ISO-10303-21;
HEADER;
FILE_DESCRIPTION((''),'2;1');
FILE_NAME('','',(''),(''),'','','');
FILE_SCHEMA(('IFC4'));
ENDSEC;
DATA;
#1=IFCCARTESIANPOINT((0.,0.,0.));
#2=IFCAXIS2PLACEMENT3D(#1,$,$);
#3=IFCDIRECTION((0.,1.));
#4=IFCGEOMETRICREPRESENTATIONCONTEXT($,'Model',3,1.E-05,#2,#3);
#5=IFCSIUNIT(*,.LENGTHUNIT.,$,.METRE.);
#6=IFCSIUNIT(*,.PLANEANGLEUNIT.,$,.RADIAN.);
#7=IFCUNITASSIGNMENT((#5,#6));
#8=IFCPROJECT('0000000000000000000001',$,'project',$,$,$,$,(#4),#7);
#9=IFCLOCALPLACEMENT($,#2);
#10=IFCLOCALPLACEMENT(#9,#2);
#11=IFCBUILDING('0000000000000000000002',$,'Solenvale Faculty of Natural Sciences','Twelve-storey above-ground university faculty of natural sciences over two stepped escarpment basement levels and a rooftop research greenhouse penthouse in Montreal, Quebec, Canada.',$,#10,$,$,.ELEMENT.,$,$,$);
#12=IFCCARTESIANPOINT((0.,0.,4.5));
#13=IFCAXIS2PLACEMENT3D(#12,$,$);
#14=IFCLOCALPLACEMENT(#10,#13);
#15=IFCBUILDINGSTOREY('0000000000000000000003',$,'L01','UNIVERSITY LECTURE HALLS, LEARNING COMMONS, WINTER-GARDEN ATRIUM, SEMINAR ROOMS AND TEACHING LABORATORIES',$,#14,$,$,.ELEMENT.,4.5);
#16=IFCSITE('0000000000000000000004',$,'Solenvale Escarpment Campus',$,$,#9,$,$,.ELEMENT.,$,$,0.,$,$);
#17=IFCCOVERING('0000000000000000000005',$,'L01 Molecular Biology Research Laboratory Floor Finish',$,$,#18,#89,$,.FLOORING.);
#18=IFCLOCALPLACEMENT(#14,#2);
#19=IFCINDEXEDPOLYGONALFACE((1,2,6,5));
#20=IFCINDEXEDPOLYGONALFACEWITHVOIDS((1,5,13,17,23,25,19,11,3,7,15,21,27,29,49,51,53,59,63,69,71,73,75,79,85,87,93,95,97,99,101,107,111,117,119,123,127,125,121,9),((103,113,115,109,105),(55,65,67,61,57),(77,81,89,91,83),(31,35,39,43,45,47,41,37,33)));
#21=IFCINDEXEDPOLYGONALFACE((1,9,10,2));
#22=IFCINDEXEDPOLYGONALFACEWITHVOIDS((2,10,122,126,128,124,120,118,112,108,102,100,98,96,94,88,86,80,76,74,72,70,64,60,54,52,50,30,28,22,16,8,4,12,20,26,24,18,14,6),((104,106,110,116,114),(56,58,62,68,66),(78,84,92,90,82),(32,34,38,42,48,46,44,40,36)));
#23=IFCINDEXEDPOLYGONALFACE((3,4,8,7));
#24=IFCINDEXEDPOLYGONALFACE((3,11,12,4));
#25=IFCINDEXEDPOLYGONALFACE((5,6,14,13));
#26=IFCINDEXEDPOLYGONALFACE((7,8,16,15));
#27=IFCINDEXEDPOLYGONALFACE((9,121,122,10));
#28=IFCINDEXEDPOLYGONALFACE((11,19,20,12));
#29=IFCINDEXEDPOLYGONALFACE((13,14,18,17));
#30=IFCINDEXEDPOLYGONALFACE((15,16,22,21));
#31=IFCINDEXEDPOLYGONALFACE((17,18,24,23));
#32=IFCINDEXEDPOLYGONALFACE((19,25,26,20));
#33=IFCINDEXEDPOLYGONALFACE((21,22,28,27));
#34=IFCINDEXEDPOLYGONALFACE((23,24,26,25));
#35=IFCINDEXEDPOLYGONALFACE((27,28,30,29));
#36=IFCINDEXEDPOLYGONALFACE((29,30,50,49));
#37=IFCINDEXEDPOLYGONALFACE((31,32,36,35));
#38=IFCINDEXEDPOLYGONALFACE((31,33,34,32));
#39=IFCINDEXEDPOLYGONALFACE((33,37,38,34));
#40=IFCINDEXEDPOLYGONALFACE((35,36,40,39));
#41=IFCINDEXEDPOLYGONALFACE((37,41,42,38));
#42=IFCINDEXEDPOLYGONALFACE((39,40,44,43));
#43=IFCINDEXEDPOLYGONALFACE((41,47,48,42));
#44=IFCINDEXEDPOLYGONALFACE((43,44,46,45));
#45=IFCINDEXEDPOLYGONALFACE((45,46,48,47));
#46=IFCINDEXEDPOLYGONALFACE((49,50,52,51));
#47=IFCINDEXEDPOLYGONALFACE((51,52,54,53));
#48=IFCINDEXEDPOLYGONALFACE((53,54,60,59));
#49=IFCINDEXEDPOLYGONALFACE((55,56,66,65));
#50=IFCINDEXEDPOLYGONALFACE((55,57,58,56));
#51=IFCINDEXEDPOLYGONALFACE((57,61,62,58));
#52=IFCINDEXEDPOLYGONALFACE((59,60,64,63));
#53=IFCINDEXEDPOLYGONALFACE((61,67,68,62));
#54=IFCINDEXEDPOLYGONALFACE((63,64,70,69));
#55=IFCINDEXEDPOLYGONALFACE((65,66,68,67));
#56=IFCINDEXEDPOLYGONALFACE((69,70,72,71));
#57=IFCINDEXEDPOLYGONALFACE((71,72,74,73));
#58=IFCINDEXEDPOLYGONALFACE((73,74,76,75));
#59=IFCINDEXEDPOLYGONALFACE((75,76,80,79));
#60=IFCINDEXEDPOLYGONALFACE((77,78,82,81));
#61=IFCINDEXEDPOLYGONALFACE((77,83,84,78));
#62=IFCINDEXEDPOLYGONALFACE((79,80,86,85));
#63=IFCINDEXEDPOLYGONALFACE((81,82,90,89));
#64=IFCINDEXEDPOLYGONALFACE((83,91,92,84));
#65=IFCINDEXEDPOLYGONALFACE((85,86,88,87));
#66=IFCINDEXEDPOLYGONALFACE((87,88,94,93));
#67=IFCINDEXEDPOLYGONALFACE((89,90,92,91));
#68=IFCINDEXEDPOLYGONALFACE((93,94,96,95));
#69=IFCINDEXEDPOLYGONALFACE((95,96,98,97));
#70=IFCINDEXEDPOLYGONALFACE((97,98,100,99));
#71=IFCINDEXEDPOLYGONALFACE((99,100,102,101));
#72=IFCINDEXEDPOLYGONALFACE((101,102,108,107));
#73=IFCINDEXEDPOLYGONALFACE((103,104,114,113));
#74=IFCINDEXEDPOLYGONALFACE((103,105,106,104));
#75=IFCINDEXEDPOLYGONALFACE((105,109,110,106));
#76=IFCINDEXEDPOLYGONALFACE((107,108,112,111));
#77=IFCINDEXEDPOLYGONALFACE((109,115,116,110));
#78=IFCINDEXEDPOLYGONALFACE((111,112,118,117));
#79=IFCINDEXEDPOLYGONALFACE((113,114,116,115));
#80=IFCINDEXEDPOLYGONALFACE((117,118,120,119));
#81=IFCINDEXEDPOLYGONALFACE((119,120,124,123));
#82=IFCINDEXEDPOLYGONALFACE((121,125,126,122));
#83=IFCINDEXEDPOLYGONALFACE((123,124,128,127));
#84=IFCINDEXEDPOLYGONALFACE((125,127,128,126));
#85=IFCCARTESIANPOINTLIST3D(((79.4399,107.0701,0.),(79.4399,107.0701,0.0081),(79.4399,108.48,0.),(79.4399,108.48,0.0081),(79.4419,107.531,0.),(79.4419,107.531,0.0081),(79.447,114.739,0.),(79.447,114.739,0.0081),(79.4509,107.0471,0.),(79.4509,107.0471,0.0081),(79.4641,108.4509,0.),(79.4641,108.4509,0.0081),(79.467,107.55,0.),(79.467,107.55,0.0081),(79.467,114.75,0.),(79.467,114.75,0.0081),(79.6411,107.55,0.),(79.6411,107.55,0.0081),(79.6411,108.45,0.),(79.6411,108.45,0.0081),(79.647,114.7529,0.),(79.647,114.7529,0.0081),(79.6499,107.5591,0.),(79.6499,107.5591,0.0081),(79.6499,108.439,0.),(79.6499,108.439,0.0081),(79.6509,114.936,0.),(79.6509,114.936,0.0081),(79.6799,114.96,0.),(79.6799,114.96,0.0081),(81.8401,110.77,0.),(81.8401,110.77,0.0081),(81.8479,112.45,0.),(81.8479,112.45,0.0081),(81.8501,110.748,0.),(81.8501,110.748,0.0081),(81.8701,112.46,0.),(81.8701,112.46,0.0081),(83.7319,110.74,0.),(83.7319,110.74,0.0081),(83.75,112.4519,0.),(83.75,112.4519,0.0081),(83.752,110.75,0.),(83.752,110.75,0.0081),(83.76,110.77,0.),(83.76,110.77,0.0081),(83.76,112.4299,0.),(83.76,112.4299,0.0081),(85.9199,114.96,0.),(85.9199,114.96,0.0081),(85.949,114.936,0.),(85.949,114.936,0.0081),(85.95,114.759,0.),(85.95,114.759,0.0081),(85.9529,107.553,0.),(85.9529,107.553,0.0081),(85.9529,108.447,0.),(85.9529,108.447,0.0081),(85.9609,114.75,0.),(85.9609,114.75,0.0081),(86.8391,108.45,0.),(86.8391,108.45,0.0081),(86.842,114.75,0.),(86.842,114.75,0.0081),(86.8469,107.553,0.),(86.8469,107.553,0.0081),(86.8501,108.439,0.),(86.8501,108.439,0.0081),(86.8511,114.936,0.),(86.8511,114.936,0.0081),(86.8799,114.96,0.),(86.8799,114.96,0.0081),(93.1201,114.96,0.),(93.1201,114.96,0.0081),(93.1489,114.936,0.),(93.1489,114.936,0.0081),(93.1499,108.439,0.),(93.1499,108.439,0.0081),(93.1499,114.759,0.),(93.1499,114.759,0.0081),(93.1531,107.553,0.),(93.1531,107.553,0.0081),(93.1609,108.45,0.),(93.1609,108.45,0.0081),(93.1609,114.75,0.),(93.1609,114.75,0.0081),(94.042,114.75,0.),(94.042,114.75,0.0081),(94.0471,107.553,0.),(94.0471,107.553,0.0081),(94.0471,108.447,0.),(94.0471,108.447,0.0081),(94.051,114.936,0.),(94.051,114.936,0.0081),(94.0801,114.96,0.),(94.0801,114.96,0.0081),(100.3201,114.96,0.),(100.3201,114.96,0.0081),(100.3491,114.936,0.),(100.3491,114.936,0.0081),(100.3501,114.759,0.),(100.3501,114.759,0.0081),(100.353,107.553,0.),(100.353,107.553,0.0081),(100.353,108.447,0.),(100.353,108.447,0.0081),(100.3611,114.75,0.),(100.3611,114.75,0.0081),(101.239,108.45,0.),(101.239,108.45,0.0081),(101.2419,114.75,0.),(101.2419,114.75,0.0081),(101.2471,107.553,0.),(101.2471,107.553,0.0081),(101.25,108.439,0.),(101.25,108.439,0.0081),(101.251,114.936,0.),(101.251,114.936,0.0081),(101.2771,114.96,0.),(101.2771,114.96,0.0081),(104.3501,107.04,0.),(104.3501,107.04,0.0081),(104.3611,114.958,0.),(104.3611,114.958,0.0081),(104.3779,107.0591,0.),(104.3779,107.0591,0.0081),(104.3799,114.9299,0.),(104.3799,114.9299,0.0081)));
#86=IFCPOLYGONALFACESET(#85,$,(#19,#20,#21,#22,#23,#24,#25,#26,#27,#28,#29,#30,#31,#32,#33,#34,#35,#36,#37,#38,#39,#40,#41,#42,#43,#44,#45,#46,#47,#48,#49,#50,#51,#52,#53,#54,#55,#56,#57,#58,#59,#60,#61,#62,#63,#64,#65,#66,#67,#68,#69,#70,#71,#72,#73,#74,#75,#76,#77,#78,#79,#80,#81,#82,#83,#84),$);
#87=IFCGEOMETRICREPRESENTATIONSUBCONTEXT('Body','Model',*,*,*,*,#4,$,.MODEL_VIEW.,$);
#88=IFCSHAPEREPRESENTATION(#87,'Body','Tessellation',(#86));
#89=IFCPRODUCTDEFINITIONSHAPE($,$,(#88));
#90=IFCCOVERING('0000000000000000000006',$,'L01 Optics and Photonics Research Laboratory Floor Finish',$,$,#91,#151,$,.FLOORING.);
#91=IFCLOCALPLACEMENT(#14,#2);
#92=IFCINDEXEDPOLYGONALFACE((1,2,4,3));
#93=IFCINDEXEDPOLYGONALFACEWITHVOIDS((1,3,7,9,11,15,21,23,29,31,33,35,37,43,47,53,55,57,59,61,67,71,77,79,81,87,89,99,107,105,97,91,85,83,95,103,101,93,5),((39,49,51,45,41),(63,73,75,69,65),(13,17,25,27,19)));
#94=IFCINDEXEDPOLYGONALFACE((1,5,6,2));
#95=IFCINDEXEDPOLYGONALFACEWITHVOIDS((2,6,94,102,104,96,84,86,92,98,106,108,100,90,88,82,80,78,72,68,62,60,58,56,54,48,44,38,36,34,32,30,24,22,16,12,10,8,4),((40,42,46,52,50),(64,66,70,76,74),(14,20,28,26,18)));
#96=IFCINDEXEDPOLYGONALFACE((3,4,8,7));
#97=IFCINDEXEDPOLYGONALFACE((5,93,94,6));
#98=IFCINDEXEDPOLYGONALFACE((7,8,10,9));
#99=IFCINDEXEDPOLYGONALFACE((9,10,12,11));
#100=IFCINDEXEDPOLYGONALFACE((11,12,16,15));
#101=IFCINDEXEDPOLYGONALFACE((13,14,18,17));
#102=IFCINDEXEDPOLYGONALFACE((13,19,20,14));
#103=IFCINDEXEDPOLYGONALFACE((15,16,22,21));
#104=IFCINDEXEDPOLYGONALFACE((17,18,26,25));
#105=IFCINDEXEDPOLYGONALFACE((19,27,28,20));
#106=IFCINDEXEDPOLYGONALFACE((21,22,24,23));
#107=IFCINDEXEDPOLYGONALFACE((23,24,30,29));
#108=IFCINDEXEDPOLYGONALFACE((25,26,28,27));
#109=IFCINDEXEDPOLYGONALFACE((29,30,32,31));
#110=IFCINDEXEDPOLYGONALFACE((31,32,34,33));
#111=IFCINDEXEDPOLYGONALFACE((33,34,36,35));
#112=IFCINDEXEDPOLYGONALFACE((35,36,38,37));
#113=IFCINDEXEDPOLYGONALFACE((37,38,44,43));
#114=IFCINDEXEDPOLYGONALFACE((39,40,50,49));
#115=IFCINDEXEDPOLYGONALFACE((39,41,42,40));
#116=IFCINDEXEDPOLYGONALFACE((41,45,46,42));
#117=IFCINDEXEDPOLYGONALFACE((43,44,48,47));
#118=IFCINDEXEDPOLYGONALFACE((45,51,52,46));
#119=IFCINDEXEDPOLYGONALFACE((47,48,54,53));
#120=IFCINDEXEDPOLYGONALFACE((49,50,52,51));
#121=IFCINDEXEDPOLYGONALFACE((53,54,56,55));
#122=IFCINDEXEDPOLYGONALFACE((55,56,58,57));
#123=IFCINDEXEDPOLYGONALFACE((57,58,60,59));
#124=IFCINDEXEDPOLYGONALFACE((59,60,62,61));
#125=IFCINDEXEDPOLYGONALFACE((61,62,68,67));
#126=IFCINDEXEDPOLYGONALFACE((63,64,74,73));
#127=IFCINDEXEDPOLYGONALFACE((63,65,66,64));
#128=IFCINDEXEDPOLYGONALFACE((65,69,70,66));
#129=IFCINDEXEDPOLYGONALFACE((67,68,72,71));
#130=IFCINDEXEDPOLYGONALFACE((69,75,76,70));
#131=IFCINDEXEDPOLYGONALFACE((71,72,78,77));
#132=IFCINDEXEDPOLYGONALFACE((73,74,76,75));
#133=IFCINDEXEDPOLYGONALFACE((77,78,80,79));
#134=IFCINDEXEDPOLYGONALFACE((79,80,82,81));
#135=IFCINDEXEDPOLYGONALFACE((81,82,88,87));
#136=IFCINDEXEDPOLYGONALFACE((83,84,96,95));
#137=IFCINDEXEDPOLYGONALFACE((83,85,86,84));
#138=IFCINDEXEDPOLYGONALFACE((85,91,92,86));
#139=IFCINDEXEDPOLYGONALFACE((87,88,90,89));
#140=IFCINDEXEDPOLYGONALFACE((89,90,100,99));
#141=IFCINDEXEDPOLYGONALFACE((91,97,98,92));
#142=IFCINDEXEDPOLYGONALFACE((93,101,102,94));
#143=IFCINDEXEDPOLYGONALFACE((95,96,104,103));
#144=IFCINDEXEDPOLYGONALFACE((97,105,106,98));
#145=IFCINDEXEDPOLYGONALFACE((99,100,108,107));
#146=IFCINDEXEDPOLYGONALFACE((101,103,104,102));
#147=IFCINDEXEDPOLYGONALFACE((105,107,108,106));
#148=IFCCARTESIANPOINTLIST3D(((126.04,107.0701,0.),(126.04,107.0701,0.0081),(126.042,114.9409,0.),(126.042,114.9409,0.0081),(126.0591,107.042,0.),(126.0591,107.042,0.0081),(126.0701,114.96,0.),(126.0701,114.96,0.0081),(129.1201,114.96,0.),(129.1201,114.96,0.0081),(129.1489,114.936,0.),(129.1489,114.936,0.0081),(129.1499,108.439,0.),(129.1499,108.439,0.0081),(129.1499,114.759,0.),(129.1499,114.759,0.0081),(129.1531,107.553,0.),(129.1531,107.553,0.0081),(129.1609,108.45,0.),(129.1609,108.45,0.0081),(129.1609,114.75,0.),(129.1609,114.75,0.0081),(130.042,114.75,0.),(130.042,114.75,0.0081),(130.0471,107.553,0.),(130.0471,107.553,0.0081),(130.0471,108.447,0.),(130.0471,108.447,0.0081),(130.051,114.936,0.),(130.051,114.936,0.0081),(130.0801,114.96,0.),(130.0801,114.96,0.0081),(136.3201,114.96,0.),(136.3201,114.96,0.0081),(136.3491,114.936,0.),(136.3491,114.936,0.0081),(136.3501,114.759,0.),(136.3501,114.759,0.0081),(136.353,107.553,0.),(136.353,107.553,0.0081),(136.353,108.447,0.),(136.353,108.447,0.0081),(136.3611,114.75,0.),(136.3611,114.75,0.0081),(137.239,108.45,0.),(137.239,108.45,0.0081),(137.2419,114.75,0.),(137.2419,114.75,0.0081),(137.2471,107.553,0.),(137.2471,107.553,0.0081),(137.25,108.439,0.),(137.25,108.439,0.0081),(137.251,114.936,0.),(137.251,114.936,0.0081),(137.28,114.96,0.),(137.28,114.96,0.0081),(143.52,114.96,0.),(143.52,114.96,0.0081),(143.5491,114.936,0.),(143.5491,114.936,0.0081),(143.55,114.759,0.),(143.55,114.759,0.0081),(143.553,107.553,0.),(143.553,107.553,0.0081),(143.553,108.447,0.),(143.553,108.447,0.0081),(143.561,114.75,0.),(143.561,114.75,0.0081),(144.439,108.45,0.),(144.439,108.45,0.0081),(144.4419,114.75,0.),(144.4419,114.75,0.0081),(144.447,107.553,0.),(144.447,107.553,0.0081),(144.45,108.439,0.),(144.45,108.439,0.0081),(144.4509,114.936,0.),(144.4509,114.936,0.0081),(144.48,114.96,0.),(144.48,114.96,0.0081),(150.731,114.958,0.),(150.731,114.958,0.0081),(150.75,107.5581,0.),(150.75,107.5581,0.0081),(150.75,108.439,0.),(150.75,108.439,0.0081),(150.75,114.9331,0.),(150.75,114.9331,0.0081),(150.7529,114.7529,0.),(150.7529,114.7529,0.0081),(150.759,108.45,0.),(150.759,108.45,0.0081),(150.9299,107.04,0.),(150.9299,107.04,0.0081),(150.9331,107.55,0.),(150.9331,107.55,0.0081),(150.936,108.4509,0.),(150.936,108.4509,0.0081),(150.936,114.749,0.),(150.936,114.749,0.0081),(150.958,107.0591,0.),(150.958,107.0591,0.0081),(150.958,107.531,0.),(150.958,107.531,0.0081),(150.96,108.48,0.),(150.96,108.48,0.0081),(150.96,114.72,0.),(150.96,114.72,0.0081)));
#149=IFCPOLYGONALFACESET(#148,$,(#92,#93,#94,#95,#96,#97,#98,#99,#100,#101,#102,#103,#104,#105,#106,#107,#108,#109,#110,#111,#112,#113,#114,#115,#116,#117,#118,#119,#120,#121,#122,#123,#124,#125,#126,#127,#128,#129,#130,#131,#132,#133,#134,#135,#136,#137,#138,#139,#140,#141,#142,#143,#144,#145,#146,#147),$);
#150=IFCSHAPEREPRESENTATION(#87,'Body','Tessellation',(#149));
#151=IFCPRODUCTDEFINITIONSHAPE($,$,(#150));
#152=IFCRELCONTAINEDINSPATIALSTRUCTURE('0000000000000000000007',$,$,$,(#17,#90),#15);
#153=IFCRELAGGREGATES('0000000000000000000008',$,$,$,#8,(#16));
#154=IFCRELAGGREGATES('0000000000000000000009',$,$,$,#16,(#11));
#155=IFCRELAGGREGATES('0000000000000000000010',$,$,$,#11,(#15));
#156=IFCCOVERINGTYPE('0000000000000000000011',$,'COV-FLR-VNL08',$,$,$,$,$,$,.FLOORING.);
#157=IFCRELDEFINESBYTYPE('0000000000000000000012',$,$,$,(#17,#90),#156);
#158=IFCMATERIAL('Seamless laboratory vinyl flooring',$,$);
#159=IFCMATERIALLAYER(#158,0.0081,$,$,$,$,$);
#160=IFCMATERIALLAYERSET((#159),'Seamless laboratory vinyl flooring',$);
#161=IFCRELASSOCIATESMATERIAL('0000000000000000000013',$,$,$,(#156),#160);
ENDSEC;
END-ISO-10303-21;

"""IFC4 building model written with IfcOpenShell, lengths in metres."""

from ifc_helpers import new_model, si_unit, direction, frame, origin, place, context, subcontext, project, spatial, polyline, outline, extrude, material, layer, layer_set, type_object, element, save


model = new_model("IFC4")

# Units and contexts
model_context = context("Model", 3, precision=1e-05, world=origin(), true_north=direction((0.0, 1.0)))
body_context = subcontext(model_context, "Body", "Model", "MODEL_VIEW")
ifc_project = project(units=[si_unit("LENGTHUNIT", "METRE"), si_unit("PLANEANGLEUNIT", "RADIAN")], contexts=[model_context])

# Site, building, storey
site_placement = place(None, origin())
site = spatial("IfcSite", under=ifc_project, at=site_placement, Name="Solenvale Escarpment Campus", CompositionType="ELEMENT", RefElevation=0.0)
building_placement = place(site_placement, origin())
building = spatial("IfcBuilding", under=site, at=building_placement, Name="Solenvale Faculty of Natural Sciences", Description="Twelve-storey above-ground university faculty of natural sciences over two stepped escarpment basement levels and a rooftop research greenhouse penthouse in Montreal, Quebec, Canada.", CompositionType="ELEMENT")
storey_placement = place(building_placement, frame((0.0, 0.0, 4.5)))
storey = spatial("IfcBuildingStorey", under=building, at=storey_placement, Name="L01", Description="UNIVERSITY LECTURE HALLS, LEARNING COMMONS, WINTER-GARDEN ATRIUM, SEMINAR ROOMS AND TEACHING LABORATORIES", CompositionType="ELEMENT", Elevation=4.5)

# Coverings
ifc_material_1 = material(Name="Seamless laboratory vinyl flooring")
ifc_layer_1 = layer(ifc_material_1, 0.0081)
ifc_layer_set_1 = layer_set([ifc_layer_1], Name="Seamless laboratory vinyl flooring")
covering_type_1 = type_object("IfcCoveringType", Name="COV-FLR-VNL08", PredefinedType="FLOORING", material=ifc_layer_set_1)
covering_1_placement = place(storey_placement, origin())
element("IfcCovering", 1, at=covering_1_placement, inside=storey, type_object=covering_type_1, Name="L01 Molecular Biology Research Laboratory Floor Finish", PredefinedType="FLOORING", context=body_context, shape_type="SweptSolid", body=[
    extrude(outline(polyline([(85.9199, 114.96), (85.949, 114.936), (85.95, 114.759), (85.9609, 114.75), (86.842, 114.75), (86.8511, 114.936), (86.8799, 114.96), (93.1201, 114.96), (93.1489, 114.936), (93.1499, 114.759), (93.1609, 114.75), (94.042, 114.75), (94.051, 114.936), (94.0801, 114.96), (100.3201, 114.96), (100.3491, 114.936), (100.3501, 114.759), (100.3611, 114.75), (101.2419, 114.75), (101.251, 114.936), (101.2771, 114.96), (104.3611, 114.958), (104.3799, 114.9299), (104.3779, 107.0591), (104.3501, 107.04), (79.4509, 107.0471), (79.4399, 107.0701), (79.4419, 107.531), (79.467, 107.55), (79.6411, 107.55), (79.6499, 107.5591), (79.6499, 108.439), (79.6411, 108.45), (79.4641, 108.4509), (79.4399, 108.48), (79.447, 114.739), (79.467, 114.75), (79.647, 114.7529), (79.6509, 114.936), (79.6799, 114.96), (85.9199, 114.96)]), holes=[polyline([(101.25, 108.439), (101.239, 108.45), (100.353, 108.447), (100.353, 107.553), (101.2471, 107.553), (101.25, 108.439)]), polyline([(93.1609, 108.45), (93.1499, 108.439), (93.1531, 107.553), (94.0471, 107.553), (94.0471, 108.447), (93.1609, 108.45)]), polyline([(86.8501, 108.439), (86.8391, 108.45), (85.9529, 108.447), (85.9529, 107.553), (86.8469, 107.553), (86.8501, 108.439)]), polyline([(83.7319, 110.74), (83.752, 110.75), (83.76, 110.77), (83.76, 112.4299), (83.75, 112.4519), (81.8701, 112.46), (81.8479, 112.45), (81.8401, 110.77), (81.8501, 110.748), (83.7319, 110.74)])]), origin(), (0.0, 0.0, 1.0), 0.0081),
])
covering_2_placement = place(storey_placement, origin())
element("IfcCovering", 2, at=covering_2_placement, inside=storey, type_object=covering_type_1, Name="L01 Optics and Photonics Research Laboratory Floor Finish", PredefinedType="FLOORING", context=body_context, shape_type="SweptSolid", body=[
    extrude(outline(polyline([(129.1201, 114.96), (129.1489, 114.936), (129.1499, 114.759), (129.1609, 114.75), (130.042, 114.75), (130.051, 114.936), (130.0801, 114.96), (136.3201, 114.96), (136.3491, 114.936), (136.3501, 114.759), (136.3611, 114.75), (137.2419, 114.75), (137.251, 114.936), (137.28, 114.96), (143.52, 114.96), (143.5491, 114.936), (143.55, 114.759), (143.561, 114.75), (144.4419, 114.75), (144.4509, 114.936), (144.48, 114.96), (150.731, 114.958), (150.75, 114.9331), (150.7529, 114.7529), (150.936, 114.749), (150.96, 114.72), (150.96, 108.48), (150.936, 108.4509), (150.759, 108.45), (150.75, 108.439), (150.75, 107.5581), (150.9331, 107.55), (150.958, 107.531), (150.958, 107.0591), (150.9299, 107.04), (126.0591, 107.042), (126.04, 107.0701), (126.042, 114.9409), (126.0701, 114.96), (129.1201, 114.96)]), holes=[polyline([(144.45, 108.439), (144.439, 108.45), (143.553, 108.447), (143.553, 107.553), (144.447, 107.553), (144.45, 108.439)]), polyline([(137.25, 108.439), (137.239, 108.45), (136.353, 108.447), (136.353, 107.553), (137.2471, 107.553), (137.25, 108.439)]), polyline([(129.1609, 108.45), (129.1499, 108.439), (129.1531, 107.553), (130.0471, 107.553), (130.0471, 108.447), (129.1609, 108.45)])]), origin(), (0.0, 0.0, 1.0), 0.0081),
])

save(model, "model.ifc")
